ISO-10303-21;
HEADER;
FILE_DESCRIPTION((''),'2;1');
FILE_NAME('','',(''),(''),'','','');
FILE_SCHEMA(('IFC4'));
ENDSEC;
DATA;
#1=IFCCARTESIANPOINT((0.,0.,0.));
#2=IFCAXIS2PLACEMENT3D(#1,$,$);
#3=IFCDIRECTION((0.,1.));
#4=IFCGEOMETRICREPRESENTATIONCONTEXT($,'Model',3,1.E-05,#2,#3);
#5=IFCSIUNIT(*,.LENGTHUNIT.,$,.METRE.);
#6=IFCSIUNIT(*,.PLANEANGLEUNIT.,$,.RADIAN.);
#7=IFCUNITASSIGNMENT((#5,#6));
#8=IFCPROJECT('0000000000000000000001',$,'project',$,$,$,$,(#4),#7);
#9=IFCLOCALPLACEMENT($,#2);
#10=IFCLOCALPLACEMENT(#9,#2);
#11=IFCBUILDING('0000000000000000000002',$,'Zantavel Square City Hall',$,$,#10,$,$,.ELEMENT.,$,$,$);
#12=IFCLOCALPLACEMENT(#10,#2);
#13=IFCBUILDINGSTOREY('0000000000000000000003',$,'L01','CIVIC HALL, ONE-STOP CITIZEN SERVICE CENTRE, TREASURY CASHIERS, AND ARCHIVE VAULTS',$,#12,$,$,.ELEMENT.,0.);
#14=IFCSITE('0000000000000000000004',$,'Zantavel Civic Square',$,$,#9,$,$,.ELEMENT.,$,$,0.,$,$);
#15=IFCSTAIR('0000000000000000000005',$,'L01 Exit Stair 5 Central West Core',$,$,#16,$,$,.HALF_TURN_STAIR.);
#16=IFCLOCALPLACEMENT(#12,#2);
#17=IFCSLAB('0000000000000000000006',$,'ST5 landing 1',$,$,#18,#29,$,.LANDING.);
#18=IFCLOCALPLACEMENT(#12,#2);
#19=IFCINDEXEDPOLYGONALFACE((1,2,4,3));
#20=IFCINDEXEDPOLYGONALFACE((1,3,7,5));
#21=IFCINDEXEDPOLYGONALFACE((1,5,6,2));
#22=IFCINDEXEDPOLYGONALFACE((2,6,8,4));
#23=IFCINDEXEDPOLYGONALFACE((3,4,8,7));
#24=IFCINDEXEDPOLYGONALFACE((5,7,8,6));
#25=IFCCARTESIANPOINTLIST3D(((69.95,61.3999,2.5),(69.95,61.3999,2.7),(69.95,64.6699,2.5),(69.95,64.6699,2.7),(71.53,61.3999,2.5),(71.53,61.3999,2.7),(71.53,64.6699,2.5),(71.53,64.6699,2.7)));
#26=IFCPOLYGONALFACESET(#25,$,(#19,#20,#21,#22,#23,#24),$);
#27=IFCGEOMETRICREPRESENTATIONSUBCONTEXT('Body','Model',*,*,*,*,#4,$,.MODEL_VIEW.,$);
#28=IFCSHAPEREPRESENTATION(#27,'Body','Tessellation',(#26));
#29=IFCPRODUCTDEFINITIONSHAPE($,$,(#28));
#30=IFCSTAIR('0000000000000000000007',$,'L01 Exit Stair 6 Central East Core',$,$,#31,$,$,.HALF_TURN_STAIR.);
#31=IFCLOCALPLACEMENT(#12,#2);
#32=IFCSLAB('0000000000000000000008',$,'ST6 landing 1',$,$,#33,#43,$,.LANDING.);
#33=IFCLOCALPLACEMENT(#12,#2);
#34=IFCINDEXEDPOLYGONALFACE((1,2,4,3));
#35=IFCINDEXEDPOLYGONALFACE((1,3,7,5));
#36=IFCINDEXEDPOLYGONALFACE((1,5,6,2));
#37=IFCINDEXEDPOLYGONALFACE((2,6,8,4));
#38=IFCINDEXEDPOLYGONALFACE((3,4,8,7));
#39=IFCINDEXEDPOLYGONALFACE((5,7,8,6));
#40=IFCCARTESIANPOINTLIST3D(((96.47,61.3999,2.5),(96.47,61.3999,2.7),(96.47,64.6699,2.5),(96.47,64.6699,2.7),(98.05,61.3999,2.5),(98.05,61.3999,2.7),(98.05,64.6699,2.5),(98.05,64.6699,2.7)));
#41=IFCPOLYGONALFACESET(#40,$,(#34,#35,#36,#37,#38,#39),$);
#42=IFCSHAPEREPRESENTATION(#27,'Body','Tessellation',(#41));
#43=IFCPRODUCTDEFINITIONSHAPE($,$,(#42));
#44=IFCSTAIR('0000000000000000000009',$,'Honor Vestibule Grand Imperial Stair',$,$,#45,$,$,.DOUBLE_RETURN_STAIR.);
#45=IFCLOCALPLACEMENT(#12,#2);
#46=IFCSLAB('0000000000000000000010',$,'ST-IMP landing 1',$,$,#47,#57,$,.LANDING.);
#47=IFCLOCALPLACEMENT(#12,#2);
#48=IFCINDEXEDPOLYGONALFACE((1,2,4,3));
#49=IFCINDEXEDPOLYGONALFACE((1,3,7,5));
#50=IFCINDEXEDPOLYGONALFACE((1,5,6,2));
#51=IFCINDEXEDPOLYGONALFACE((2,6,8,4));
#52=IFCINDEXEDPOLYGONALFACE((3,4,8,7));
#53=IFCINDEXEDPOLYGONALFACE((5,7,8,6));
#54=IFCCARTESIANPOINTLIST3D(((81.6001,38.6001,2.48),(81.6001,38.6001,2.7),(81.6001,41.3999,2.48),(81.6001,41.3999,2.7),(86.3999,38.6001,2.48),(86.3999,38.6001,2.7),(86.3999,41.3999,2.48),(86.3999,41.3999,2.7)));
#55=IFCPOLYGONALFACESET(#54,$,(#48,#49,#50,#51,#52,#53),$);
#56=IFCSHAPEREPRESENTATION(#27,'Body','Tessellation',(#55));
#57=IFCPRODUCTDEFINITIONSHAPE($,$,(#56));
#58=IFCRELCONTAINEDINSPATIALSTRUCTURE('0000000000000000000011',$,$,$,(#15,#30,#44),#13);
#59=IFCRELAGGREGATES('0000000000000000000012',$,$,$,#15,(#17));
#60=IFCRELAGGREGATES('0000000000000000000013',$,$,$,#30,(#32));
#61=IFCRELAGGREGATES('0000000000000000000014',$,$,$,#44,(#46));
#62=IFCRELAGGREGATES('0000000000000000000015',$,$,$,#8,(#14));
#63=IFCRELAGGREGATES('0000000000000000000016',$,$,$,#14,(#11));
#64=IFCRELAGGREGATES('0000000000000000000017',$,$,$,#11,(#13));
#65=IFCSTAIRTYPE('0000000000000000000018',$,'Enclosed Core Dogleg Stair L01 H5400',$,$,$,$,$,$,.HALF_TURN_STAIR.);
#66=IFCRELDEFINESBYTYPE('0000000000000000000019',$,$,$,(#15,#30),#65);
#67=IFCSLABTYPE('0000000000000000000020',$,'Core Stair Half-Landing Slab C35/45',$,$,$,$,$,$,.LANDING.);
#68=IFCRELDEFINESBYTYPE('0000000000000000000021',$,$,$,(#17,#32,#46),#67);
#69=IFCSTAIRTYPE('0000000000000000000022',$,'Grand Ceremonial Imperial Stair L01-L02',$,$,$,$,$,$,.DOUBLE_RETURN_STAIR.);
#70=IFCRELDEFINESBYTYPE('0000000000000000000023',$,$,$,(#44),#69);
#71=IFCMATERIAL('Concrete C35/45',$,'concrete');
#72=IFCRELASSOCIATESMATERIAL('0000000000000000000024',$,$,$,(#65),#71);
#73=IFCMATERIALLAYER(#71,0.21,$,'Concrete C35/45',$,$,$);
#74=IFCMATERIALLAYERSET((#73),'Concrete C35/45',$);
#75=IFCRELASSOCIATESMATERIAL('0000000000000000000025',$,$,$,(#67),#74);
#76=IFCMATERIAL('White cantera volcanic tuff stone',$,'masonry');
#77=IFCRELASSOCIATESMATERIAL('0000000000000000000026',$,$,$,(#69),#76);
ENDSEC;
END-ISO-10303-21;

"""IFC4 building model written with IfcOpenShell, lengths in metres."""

from ifc_helpers import new_model, si_unit, direction, frame, origin, place, context, subcontext, project, spatial, polyline, outline, extrude, material, layer, layer_set, type_object, element, aggregate, save


model = new_model("IFC4")

# Units and contexts
model_context = context("Model", 3, precision=1e-05, world=origin(), true_north=direction((0.0, 1.0)))
body_context = subcontext(model_context, "Body", "Model", "MODEL_VIEW")
ifc_project = project(units=[si_unit("LENGTHUNIT", "METRE"), si_unit("PLANEANGLEUNIT", "RADIAN")], contexts=[model_context])

# Site, building, storey
site_placement = place(None, origin())
site = spatial("IfcSite", under=ifc_project, at=site_placement, Name="Zantavel Civic Square", CompositionType="ELEMENT", RefElevation=0.0)
building_placement = place(site_placement, origin())
building = spatial("IfcBuilding", under=site, at=building_placement, Name="Zantavel Square City Hall", CompositionType="ELEMENT")
storey_placement = place(building_placement, origin())
storey = spatial("IfcBuildingStorey", under=building, at=storey_placement, Name="L01", Description="CIVIC HALL, ONE-STOP CITIZEN SERVICE CENTRE, TREASURY CASHIERS, AND ARCHIVE VAULTS", CompositionType="ELEMENT", Elevation=0.0)

# Stairs, slabs
ifc_material_1 = material(Name="Concrete C35/45", Category="concrete")
stair_type_1 = type_object("IfcStairType", Name="Enclosed Core Dogleg Stair L01 H5400", PredefinedType="HALF_TURN_STAIR", material=ifc_material_1)
ifc_layer_1 = layer(ifc_material_1, 0.21, Name="Concrete C35/45")
ifc_layer_set_1 = layer_set([ifc_layer_1], Name="Concrete C35/45")
slab_type = type_object("IfcSlabType", Name="Core Stair Half-Landing Slab C35/45", PredefinedType="LANDING", material=ifc_layer_set_1)
stair_1_placement = place(storey_placement, origin())
stair_1 = element("IfcStair", 1, at=stair_1_placement, inside=storey, type_object=stair_type_1, Name="L01 Exit Stair 5 Central West Core", PredefinedType="HALF_TURN_STAIR")
slab_1_placement = place(storey_placement, frame((0.0, 0.0, 2.5)))
slab_1 = element("IfcSlab", 2, at=slab_1_placement, type_object=slab_type, Name="ST5 landing 1", PredefinedType="LANDING", context=body_context, shape_type="SweptSolid", body=[
    extrude(outline(polyline([(69.95, 61.3999), (71.53, 61.3999), (71.53, 64.6699), (69.95, 64.6699), (69.95, 61.3999)])), origin(), (0.0, 0.0, 1.0), 0.2),
])
aggregate(stair_1, [slab_1])
stair_2_placement = place(storey_placement, origin())
stair_2 = element("IfcStair", 3, at=stair_2_placement, inside=storey, type_object=stair_type_1, Name="L01 Exit Stair 6 Central East Core", PredefinedType="HALF_TURN_STAIR")
slab_2_placement = place(storey_placement, frame((0.0, 0.0, 2.5)))
slab_2 = element("IfcSlab", 4, at=slab_2_placement, type_object=slab_type, Name="ST6 landing 1", PredefinedType="LANDING", context=body_context, shape_type="SweptSolid", body=[
    extrude(outline(polyline([(98.05, 64.6699), (96.47, 64.6699), (96.47, 61.3999), (98.05, 61.3999), (98.05, 64.6699)])), origin(), (0.0, 0.0, 1.0), 0.2),
])
aggregate(stair_2, [slab_2])
ifc_material_2 = material(Name="White cantera volcanic tuff stone", Category="masonry")
stair_type_2 = type_object("IfcStairType", Name="Grand Ceremonial Imperial Stair L01-L02", PredefinedType="DOUBLE_RETURN_STAIR", material=ifc_material_2)
stair_3_placement = place(storey_placement, origin())
stair_3 = element("IfcStair", 5, at=stair_3_placement, inside=storey, type_object=stair_type_2, Name="Honor Vestibule Grand Imperial Stair", PredefinedType="DOUBLE_RETURN_STAIR")
slab_3_placement = place(storey_placement, frame((0.0, 0.0, 2.48)))
slab_3 = element("IfcSlab", 6, at=slab_3_placement, type_object=slab_type, Name="ST-IMP landing 1", PredefinedType="LANDING", context=body_context, shape_type="SweptSolid", body=[
    extrude(outline(polyline([(81.6001, 38.6001), (86.3999, 38.6001), (86.3999, 41.3999), (81.6001, 41.3999), (81.6001, 38.6001)])), origin(), (0.0, 0.0, 1.0), 0.22),
])
aggregate(stair_3, [slab_3])

save(model, "model.ifc")
